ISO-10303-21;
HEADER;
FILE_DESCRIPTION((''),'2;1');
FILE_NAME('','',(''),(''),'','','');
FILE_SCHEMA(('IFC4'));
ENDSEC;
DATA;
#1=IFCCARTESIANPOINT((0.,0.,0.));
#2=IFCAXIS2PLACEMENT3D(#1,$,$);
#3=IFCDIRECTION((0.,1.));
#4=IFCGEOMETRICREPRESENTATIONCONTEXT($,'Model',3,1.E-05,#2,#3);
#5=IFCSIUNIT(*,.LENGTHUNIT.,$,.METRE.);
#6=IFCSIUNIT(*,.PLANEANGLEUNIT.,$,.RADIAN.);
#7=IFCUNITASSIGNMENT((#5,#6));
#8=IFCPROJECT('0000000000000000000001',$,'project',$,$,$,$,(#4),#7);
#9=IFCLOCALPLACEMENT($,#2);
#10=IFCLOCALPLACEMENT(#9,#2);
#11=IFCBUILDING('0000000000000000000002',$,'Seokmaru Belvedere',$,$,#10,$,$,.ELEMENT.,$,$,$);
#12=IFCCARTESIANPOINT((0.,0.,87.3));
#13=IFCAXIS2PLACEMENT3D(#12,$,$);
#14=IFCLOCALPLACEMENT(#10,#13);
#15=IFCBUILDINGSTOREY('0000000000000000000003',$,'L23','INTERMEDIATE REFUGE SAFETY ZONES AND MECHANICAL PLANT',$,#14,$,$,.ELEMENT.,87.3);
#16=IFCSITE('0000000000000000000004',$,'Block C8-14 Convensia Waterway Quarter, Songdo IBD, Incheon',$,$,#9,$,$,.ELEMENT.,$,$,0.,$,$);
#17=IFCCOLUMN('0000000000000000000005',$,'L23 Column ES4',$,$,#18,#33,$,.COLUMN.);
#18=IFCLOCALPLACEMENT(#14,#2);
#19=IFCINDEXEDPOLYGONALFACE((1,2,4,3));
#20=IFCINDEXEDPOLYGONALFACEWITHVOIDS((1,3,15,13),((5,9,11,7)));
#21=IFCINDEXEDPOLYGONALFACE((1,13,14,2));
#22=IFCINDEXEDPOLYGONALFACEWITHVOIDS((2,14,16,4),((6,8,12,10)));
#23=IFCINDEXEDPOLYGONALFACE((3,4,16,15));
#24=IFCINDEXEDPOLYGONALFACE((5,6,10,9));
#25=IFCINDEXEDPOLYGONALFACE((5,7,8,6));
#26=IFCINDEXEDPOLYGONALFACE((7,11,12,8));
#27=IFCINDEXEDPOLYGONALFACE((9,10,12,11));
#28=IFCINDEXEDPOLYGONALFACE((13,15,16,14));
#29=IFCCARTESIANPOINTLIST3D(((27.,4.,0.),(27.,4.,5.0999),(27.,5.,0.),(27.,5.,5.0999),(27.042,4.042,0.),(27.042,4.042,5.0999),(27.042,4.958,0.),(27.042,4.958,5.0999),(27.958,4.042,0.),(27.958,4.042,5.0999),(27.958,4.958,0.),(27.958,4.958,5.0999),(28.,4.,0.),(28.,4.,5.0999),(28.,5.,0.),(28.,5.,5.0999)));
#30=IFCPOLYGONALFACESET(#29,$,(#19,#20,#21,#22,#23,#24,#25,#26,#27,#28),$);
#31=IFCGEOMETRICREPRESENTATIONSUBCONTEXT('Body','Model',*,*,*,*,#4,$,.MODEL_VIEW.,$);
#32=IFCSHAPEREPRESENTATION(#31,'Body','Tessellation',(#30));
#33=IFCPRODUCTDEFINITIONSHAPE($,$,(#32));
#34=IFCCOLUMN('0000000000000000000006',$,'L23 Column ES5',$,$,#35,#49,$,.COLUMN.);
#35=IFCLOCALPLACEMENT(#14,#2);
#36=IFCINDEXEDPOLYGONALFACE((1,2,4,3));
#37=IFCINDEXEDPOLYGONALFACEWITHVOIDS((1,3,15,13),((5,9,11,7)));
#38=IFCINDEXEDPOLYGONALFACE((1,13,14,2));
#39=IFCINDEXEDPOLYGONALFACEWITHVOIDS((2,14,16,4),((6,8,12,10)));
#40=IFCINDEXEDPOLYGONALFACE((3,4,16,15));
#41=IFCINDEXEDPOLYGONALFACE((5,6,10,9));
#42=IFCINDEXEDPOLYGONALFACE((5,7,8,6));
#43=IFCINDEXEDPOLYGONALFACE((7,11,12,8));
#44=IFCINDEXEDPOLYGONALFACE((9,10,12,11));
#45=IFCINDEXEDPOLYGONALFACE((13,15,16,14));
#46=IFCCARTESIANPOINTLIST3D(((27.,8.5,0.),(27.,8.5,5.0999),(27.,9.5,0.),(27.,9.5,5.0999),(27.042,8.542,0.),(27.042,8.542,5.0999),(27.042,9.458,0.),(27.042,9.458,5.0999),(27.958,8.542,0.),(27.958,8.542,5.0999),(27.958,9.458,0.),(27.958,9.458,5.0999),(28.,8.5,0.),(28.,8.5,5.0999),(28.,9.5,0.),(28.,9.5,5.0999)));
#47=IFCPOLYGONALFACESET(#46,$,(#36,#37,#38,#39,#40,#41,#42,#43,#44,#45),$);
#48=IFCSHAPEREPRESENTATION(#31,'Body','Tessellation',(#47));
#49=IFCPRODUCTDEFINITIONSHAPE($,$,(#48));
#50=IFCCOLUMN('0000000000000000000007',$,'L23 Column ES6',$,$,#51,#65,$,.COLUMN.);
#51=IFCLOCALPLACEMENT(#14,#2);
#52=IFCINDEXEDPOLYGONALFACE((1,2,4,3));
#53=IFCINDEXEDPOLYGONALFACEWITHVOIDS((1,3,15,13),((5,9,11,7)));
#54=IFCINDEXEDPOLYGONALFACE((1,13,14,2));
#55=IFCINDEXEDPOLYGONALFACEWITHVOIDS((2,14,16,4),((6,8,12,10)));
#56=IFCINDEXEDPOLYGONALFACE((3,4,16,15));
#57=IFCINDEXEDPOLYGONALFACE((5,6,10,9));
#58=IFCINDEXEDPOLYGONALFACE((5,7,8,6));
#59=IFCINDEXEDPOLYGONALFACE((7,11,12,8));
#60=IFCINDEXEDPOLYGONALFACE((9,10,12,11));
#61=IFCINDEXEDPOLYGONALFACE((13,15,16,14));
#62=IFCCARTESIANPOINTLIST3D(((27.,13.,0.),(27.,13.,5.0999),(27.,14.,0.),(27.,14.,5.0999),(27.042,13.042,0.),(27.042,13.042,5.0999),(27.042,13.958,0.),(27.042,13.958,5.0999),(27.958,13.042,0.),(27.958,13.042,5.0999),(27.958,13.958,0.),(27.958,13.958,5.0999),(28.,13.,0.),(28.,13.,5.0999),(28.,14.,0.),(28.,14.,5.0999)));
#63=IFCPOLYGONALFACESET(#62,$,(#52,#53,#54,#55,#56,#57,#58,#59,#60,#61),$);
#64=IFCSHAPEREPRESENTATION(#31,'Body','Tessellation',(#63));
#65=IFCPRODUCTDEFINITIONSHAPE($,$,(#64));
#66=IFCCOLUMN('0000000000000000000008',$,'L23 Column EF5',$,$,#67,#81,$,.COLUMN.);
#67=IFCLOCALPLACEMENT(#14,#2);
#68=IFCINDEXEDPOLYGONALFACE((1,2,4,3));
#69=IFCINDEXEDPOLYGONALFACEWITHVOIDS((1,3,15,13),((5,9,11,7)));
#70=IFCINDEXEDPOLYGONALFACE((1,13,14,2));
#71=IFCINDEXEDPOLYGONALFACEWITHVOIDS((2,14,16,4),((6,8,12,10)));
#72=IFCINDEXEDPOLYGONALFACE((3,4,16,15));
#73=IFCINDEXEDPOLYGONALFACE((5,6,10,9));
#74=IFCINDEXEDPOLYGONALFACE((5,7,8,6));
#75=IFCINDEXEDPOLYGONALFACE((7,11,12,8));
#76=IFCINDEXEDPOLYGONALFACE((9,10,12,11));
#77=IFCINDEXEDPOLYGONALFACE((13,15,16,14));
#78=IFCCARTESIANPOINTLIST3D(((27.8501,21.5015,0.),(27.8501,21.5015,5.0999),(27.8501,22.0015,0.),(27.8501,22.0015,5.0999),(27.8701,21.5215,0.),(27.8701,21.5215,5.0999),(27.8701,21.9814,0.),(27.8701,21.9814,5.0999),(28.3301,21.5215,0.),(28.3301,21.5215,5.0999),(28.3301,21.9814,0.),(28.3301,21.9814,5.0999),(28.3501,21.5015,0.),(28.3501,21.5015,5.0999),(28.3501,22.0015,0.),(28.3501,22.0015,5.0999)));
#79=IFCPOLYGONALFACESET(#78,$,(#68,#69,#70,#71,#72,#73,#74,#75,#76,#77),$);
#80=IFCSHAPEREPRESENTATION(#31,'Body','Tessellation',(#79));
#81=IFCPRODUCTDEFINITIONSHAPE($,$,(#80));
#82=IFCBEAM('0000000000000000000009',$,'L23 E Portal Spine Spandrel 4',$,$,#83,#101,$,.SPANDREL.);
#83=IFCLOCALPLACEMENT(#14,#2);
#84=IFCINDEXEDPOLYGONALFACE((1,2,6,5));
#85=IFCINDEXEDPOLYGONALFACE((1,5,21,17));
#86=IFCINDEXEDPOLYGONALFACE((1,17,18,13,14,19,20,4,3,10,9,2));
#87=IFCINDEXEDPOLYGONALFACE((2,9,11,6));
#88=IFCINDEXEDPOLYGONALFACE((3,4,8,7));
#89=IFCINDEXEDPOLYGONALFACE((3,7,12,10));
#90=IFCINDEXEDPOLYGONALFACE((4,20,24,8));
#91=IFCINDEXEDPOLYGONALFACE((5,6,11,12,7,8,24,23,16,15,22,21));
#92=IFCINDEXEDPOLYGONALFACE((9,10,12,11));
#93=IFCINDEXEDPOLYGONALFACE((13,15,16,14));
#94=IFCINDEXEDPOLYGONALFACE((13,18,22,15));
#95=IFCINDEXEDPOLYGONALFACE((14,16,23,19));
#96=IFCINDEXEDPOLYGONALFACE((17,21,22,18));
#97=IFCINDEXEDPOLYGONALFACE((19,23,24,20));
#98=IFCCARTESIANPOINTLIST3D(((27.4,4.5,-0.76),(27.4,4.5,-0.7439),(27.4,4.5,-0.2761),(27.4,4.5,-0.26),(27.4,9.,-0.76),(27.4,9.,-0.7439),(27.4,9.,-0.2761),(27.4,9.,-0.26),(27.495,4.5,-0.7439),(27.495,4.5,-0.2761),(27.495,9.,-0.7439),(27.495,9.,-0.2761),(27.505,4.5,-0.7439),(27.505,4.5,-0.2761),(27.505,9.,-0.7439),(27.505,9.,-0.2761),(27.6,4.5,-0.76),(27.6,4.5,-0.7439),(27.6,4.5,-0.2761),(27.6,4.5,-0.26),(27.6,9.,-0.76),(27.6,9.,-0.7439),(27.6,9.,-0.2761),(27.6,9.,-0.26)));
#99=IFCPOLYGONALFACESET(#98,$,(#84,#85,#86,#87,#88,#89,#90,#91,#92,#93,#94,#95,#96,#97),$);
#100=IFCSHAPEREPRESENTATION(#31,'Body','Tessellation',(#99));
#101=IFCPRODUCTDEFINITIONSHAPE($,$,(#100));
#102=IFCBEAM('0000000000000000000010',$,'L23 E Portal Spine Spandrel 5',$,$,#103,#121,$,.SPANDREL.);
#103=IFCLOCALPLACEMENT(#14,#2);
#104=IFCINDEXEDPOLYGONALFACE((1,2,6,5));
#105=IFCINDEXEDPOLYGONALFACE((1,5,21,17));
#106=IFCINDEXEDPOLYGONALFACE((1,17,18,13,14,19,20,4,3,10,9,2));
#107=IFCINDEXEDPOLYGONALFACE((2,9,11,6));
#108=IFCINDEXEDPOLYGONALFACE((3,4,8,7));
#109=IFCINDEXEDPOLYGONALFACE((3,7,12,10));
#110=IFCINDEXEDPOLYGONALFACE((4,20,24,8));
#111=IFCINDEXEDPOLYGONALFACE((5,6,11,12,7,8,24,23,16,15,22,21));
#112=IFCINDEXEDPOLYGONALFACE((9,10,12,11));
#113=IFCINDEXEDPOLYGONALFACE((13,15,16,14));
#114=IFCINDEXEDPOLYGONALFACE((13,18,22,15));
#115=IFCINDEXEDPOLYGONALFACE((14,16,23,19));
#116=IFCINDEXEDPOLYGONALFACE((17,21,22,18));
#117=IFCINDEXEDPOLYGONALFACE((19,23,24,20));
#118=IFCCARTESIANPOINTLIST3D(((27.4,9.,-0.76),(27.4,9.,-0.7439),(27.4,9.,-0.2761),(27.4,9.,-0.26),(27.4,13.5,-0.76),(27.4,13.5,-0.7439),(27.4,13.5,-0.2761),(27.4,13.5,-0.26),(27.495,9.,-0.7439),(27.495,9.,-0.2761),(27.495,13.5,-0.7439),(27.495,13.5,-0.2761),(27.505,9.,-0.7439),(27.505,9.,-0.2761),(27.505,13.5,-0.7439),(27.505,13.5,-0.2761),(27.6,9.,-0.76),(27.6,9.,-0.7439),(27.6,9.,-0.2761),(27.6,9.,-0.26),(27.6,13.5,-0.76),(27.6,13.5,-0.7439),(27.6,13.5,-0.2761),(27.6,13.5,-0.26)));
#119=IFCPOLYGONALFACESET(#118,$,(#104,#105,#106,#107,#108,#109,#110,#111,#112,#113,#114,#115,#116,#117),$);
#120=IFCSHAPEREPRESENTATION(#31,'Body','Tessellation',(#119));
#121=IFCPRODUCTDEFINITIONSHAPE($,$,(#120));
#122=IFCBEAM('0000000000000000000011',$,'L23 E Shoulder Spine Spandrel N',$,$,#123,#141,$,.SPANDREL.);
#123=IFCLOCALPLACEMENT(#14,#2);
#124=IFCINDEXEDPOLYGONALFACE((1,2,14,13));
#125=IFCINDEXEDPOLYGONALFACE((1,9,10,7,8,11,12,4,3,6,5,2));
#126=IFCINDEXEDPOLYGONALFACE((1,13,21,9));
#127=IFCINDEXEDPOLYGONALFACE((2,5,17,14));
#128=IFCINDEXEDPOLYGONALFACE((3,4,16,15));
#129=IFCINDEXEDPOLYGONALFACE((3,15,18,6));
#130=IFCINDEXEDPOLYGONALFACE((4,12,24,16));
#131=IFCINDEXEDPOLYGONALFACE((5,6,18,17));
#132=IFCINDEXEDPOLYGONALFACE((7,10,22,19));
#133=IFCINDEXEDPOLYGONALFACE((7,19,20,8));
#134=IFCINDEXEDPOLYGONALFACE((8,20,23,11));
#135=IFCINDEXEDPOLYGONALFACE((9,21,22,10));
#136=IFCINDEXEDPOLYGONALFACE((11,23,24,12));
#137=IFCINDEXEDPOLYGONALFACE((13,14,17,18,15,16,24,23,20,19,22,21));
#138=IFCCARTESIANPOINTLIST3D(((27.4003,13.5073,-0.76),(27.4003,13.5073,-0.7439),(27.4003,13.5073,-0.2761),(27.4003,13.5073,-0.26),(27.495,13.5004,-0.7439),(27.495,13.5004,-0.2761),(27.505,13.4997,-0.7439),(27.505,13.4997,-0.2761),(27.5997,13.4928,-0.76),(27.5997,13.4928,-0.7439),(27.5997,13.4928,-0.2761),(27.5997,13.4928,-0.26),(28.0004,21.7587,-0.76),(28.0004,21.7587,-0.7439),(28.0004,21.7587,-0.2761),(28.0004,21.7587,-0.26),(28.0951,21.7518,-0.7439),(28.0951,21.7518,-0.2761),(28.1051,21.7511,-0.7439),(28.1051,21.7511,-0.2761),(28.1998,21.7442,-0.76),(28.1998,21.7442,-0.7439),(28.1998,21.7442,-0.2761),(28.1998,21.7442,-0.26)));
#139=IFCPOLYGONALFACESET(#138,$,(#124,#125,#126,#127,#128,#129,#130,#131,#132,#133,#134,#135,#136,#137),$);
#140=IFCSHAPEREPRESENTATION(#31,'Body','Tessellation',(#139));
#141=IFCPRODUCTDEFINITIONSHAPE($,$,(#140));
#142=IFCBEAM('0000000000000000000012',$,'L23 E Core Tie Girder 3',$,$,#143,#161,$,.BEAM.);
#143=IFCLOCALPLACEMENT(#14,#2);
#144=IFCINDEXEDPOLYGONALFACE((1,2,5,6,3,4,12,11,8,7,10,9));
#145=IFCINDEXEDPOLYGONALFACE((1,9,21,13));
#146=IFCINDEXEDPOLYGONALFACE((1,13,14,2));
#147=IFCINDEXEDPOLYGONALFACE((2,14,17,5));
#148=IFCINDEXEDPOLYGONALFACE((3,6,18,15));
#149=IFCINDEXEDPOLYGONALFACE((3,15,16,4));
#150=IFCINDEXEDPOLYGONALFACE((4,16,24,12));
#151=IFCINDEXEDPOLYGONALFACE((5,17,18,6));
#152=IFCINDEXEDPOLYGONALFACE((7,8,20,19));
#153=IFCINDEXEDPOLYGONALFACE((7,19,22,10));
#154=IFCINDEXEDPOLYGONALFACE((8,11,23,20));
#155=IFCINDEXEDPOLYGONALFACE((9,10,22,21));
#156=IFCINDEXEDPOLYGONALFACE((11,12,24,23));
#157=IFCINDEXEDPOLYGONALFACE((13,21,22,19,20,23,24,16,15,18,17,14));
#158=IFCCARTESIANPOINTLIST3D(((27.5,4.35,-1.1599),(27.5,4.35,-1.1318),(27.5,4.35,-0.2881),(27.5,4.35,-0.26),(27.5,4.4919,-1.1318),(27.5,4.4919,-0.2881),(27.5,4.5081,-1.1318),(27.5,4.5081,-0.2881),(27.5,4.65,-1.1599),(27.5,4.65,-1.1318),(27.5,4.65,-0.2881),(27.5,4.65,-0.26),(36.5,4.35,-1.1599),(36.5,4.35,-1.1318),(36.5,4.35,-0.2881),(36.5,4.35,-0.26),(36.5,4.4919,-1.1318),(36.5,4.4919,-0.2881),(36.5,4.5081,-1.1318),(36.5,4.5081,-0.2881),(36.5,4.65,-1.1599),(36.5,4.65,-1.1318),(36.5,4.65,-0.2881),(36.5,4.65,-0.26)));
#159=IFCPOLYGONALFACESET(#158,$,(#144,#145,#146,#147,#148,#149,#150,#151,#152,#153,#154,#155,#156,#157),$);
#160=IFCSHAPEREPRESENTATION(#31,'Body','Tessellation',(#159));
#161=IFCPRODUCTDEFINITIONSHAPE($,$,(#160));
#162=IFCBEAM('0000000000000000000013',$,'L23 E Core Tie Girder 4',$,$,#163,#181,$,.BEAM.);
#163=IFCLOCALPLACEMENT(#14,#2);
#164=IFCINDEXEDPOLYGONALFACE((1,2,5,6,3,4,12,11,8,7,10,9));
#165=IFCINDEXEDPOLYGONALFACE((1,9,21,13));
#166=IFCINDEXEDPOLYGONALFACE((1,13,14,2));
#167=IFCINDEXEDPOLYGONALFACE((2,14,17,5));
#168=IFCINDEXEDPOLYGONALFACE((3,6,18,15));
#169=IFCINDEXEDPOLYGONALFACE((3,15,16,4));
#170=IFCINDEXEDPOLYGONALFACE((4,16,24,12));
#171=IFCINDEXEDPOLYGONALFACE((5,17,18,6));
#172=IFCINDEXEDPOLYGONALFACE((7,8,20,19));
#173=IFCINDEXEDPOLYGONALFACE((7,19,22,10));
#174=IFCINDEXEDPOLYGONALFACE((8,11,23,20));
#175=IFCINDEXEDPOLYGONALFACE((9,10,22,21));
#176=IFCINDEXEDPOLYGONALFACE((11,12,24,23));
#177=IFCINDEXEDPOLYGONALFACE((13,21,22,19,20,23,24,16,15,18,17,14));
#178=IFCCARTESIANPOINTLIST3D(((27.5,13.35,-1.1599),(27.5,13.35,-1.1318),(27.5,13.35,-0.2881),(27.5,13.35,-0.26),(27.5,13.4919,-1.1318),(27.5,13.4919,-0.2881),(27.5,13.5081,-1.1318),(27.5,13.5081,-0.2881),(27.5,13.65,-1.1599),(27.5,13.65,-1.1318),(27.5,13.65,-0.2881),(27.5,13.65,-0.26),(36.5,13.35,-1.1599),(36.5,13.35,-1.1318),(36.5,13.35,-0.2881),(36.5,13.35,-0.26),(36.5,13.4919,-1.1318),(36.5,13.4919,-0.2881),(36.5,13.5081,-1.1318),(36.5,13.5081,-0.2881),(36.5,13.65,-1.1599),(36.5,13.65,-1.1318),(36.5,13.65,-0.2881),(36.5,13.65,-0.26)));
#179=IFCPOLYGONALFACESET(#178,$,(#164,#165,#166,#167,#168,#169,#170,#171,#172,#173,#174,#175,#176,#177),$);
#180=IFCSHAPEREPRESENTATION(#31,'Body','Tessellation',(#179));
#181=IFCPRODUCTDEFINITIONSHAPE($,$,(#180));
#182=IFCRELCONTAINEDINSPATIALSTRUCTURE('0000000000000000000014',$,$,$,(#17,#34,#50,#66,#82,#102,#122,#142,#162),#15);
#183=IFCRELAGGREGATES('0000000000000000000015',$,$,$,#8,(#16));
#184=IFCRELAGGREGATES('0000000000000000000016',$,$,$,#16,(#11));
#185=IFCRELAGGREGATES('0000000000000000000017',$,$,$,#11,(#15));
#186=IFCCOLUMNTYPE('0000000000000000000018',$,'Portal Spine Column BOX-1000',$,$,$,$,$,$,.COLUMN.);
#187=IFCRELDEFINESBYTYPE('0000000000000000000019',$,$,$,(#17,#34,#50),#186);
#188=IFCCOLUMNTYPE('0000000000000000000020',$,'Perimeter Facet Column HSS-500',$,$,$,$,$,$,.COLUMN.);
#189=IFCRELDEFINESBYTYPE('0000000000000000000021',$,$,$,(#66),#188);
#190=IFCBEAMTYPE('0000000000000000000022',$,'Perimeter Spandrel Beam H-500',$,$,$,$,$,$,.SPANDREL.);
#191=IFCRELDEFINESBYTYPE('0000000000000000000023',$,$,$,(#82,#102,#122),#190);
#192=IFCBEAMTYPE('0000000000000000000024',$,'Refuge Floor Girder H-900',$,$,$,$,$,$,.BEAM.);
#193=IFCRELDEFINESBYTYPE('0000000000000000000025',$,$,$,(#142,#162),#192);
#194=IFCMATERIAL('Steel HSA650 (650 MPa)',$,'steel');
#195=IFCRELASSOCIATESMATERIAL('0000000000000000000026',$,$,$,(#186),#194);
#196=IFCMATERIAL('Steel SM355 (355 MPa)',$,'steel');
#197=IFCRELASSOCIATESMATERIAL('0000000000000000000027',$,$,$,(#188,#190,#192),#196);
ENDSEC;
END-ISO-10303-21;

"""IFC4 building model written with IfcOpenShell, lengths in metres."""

from ifc_helpers import new_model, si_unit, direction, frame, origin, origin_2d, place, context, subcontext, project, spatial, hollow_rectangle, i_section, extrude, source, transform, mapped, material, material_profile, profile_set, type_object, type_shapes, element, save


model = new_model("IFC4")

# Units and contexts
model_context = context("Model", 3, precision=1e-05, world=origin(), true_north=direction((0.0, 1.0)))
body_context = subcontext(model_context, "Body", "Model", "MODEL_VIEW")
ifc_project = project(units=[si_unit("LENGTHUNIT", "METRE"), si_unit("PLANEANGLEUNIT", "RADIAN")], contexts=[model_context])

# Site, building, storey
site_placement = place(None, origin())
site = spatial("IfcSite", under=ifc_project, at=site_placement, Name="Block C8-14 Convensia Waterway Quarter, Songdo IBD, Incheon", CompositionType="ELEMENT", RefElevation=0.0)
building_placement = place(site_placement, origin())
building = spatial("IfcBuilding", under=site, at=building_placement, Name="Seokmaru Belvedere", CompositionType="ELEMENT")
storey_placement = place(building_placement, frame((0.0, 0.0, 87.3)))
storey = spatial("IfcBuildingStorey", under=building, at=storey_placement, Name="L23", Description="INTERMEDIATE REFUGE SAFETY ZONES AND MECHANICAL PLANT", CompositionType="ELEMENT", Elevation=87.3)

# Columns
ifc_material_1 = material(Name="Steel HSA650 (650 MPa)", Category="steel")
ifc_material_profile_1 = material_profile(ifc_material_1, hollow_rectangle(XDim=1.0, YDim=1.0, WallThickness=0.042, at=origin_2d()), Name="BOX-1000x1000x42")
ifc_profile_set_1 = profile_set([ifc_material_profile_1], Name="Steel HSA650 (650 MPa)")
column_type_1 = type_object("IfcColumnType", Name="Portal Spine Column BOX-1000", PredefinedType="COLUMN", material=ifc_profile_set_1)
shared_shape_1 = source(origin(), body_context, "Body", "SweptSolid", [
    extrude(hollow_rectangle(XDim=1.0, YDim=1.0, WallThickness=0.042, at=origin_2d()), origin(), (0.0, 0.0, 1.0), 5.0999),
])
type_shapes(column_type_1, [shared_shape_1])
for number, where, z_axis, x_axis, name in (
    (1, (27.5, 4.5, 0.0), (0.0, 0.0, 1.0), (1.0, 0.0, 0.0), "L23 Column ES4"),
    (2, (27.5, 9.0, 0.0), (0.0, 0.0, 1.0), (1.0, 0.0, 0.0), "L23 Column ES5"),
    (3, (27.5, 13.5, 0.0), (0.0, 0.0, 1.0), (1.0, 0.0, 0.0), "L23 Column ES6"),
):
    element("IfcColumn", number, at=place(storey_placement, frame(where, z_axis=z_axis, x_axis=x_axis)), inside=storey, type_object=column_type_1, Name=name, PredefinedType="COLUMN", context=body_context, shape_type="MappedRepresentation", body=[
        mapped(shared_shape_1, transform((0.0, 0.0, 0.0), scale=1.0)),
    ])
ifc_material_2 = material(Name="Steel SM355 (355 MPa)", Category="steel")
ifc_material_profile_2 = material_profile(ifc_material_2, hollow_rectangle(XDim=0.5, YDim=0.5, WallThickness=0.02, at=origin_2d()), Name="HSS-500x500x20")
ifc_profile_set_2 = profile_set([ifc_material_profile_2], Name="Steel SM355 (355 MPa)")
column_type_2 = type_object("IfcColumnType", Name="Perimeter Facet Column HSS-500", PredefinedType="COLUMN", material=ifc_profile_set_2)
shared_shape_2 = source(origin(), body_context, "Body", "SweptSolid", [
    extrude(hollow_rectangle(XDim=0.5, YDim=0.5, WallThickness=0.02, at=origin_2d()), origin(), (0.0, 0.0, 1.0), 5.0999),
])
type_shapes(column_type_2, [shared_shape_2])
column_placement = place(storey_placement, frame((28.1001, 21.7515, 0.0), z_axis=(0.0, 0.0, 1.0), x_axis=(1.0, 0.0, 0.0)))
element("IfcColumn", 4, at=column_placement, inside=storey, type_object=column_type_2, Name="L23 Column EF5", PredefinedType="COLUMN", context=body_context, shape_type="MappedRepresentation", body=[
    mapped(shared_shape_2, transform((0.0, 0.0, 0.0), scale=1.0)),
])

# Beams
ifc_material_profile_3 = material_profile(ifc_material_2, i_section(OverallWidth=0.2, OverallDepth=0.5, WebThickness=0.01, FlangeThickness=0.0161, at=origin_2d()), Name="H-500x200x10x16")
ifc_profile_set_3 = profile_set([ifc_material_profile_3], Name="Steel SM355 (355 MPa)")
beam_type_1 = type_object("IfcBeamType", Name="Perimeter Spandrel Beam H-500", PredefinedType="SPANDREL", material=ifc_profile_set_3)
shared_shape_3 = source(origin(), body_context, "Body", "SweptSolid", [
    extrude(i_section(OverallWidth=0.2, OverallDepth=0.5, WebThickness=0.01, FlangeThickness=0.0161, at=origin_2d()), origin(), (0.0, 0.0, 1.0), 4.5),
])
for number, where, z_axis, x_axis, name in (
    (5, (27.5, 4.5, -0.51), (0.0, 1.0, 0.0), (-1.0, 0.0, 0.0), "L23 E Portal Spine Spandrel 4"),
    (6, (27.5, 9.0, -0.51), (0.0, 1.0, 0.0), (-1.0, 0.0, 0.0), "L23 E Portal Spine Spandrel 5"),
):
    element("IfcBeam", number, at=place(storey_placement, frame(where, z_axis=z_axis, x_axis=x_axis)), inside=storey, type_object=beam_type_1, Name=name, PredefinedType="SPANDREL", context=body_context, shape_type="MappedRepresentation", body=[
        mapped(shared_shape_3, transform((0.0, 0.0, 0.0), scale=1.0)),
    ])
shared_shape_4 = source(origin(), body_context, "Body", "SweptSolid", [
    extrude(i_section(OverallWidth=0.2, OverallDepth=0.5, WebThickness=0.01, FlangeThickness=0.0161, at=origin_2d()), origin(), (0.0, 0.0, 1.0), 8.2732),
])
type_shapes(beam_type_1, [shared_shape_3, shared_shape_4])
beam_placement = place(storey_placement, frame((28.1001, 21.7515, -0.51), z_axis=(-0.072535, -0.997366, 0.0), x_axis=(0.997366, -0.072535, 0.0)))
element("IfcBeam", 7, at=beam_placement, inside=storey, type_object=beam_type_1, Name="L23 E Shoulder Spine Spandrel N", PredefinedType="SPANDREL", context=body_context, shape_type="MappedRepresentation", body=[
    mapped(shared_shape_4, transform((0.0, 0.0, 0.0), scale=1.0)),
])
ifc_material_profile_4 = material_profile(ifc_material_2, i_section(OverallWidth=0.3, OverallDepth=0.8999, WebThickness=0.0161, FlangeThickness=0.0281, at=origin_2d()), Name="H-900x300x16x28")
ifc_profile_set_4 = profile_set([ifc_material_profile_4], Name="Steel SM355 (355 MPa)")
beam_type_2 = type_object("IfcBeamType", Name="Refuge Floor Girder H-900", PredefinedType="BEAM", material=ifc_profile_set_4)
shared_shape_5 = source(origin(), body_context, "Body", "SweptSolid", [
    extrude(i_section(OverallWidth=0.3, OverallDepth=0.8999, WebThickness=0.0161, FlangeThickness=0.0281, at=origin_2d()), origin(), (0.0, 0.0, 1.0), 9.0),
])
type_shapes(beam_type_2, [shared_shape_5])
for number, where, z_axis, x_axis, name in (
    (8, (27.5, 4.5, -0.71), (1.0, 0.0, 0.0), (0.0, 1.0, 0.0), "L23 E Core Tie Girder 3"),
    (9, (27.5, 13.5, -0.71), (1.0, 0.0, 0.0), (0.0, 1.0, 0.0), "L23 E Core Tie Girder 4"),
):
    element("IfcBeam", number, at=place(storey_placement, frame(where, z_axis=z_axis, x_axis=x_axis)), inside=storey, type_object=beam_type_2, Name=name, PredefinedType="BEAM", context=body_context, shape_type="MappedRepresentation", body=[
        mapped(shared_shape_5, transform((0.0, 0.0, 0.0), scale=1.0)),
    ])

save(model, "model.ifc")
